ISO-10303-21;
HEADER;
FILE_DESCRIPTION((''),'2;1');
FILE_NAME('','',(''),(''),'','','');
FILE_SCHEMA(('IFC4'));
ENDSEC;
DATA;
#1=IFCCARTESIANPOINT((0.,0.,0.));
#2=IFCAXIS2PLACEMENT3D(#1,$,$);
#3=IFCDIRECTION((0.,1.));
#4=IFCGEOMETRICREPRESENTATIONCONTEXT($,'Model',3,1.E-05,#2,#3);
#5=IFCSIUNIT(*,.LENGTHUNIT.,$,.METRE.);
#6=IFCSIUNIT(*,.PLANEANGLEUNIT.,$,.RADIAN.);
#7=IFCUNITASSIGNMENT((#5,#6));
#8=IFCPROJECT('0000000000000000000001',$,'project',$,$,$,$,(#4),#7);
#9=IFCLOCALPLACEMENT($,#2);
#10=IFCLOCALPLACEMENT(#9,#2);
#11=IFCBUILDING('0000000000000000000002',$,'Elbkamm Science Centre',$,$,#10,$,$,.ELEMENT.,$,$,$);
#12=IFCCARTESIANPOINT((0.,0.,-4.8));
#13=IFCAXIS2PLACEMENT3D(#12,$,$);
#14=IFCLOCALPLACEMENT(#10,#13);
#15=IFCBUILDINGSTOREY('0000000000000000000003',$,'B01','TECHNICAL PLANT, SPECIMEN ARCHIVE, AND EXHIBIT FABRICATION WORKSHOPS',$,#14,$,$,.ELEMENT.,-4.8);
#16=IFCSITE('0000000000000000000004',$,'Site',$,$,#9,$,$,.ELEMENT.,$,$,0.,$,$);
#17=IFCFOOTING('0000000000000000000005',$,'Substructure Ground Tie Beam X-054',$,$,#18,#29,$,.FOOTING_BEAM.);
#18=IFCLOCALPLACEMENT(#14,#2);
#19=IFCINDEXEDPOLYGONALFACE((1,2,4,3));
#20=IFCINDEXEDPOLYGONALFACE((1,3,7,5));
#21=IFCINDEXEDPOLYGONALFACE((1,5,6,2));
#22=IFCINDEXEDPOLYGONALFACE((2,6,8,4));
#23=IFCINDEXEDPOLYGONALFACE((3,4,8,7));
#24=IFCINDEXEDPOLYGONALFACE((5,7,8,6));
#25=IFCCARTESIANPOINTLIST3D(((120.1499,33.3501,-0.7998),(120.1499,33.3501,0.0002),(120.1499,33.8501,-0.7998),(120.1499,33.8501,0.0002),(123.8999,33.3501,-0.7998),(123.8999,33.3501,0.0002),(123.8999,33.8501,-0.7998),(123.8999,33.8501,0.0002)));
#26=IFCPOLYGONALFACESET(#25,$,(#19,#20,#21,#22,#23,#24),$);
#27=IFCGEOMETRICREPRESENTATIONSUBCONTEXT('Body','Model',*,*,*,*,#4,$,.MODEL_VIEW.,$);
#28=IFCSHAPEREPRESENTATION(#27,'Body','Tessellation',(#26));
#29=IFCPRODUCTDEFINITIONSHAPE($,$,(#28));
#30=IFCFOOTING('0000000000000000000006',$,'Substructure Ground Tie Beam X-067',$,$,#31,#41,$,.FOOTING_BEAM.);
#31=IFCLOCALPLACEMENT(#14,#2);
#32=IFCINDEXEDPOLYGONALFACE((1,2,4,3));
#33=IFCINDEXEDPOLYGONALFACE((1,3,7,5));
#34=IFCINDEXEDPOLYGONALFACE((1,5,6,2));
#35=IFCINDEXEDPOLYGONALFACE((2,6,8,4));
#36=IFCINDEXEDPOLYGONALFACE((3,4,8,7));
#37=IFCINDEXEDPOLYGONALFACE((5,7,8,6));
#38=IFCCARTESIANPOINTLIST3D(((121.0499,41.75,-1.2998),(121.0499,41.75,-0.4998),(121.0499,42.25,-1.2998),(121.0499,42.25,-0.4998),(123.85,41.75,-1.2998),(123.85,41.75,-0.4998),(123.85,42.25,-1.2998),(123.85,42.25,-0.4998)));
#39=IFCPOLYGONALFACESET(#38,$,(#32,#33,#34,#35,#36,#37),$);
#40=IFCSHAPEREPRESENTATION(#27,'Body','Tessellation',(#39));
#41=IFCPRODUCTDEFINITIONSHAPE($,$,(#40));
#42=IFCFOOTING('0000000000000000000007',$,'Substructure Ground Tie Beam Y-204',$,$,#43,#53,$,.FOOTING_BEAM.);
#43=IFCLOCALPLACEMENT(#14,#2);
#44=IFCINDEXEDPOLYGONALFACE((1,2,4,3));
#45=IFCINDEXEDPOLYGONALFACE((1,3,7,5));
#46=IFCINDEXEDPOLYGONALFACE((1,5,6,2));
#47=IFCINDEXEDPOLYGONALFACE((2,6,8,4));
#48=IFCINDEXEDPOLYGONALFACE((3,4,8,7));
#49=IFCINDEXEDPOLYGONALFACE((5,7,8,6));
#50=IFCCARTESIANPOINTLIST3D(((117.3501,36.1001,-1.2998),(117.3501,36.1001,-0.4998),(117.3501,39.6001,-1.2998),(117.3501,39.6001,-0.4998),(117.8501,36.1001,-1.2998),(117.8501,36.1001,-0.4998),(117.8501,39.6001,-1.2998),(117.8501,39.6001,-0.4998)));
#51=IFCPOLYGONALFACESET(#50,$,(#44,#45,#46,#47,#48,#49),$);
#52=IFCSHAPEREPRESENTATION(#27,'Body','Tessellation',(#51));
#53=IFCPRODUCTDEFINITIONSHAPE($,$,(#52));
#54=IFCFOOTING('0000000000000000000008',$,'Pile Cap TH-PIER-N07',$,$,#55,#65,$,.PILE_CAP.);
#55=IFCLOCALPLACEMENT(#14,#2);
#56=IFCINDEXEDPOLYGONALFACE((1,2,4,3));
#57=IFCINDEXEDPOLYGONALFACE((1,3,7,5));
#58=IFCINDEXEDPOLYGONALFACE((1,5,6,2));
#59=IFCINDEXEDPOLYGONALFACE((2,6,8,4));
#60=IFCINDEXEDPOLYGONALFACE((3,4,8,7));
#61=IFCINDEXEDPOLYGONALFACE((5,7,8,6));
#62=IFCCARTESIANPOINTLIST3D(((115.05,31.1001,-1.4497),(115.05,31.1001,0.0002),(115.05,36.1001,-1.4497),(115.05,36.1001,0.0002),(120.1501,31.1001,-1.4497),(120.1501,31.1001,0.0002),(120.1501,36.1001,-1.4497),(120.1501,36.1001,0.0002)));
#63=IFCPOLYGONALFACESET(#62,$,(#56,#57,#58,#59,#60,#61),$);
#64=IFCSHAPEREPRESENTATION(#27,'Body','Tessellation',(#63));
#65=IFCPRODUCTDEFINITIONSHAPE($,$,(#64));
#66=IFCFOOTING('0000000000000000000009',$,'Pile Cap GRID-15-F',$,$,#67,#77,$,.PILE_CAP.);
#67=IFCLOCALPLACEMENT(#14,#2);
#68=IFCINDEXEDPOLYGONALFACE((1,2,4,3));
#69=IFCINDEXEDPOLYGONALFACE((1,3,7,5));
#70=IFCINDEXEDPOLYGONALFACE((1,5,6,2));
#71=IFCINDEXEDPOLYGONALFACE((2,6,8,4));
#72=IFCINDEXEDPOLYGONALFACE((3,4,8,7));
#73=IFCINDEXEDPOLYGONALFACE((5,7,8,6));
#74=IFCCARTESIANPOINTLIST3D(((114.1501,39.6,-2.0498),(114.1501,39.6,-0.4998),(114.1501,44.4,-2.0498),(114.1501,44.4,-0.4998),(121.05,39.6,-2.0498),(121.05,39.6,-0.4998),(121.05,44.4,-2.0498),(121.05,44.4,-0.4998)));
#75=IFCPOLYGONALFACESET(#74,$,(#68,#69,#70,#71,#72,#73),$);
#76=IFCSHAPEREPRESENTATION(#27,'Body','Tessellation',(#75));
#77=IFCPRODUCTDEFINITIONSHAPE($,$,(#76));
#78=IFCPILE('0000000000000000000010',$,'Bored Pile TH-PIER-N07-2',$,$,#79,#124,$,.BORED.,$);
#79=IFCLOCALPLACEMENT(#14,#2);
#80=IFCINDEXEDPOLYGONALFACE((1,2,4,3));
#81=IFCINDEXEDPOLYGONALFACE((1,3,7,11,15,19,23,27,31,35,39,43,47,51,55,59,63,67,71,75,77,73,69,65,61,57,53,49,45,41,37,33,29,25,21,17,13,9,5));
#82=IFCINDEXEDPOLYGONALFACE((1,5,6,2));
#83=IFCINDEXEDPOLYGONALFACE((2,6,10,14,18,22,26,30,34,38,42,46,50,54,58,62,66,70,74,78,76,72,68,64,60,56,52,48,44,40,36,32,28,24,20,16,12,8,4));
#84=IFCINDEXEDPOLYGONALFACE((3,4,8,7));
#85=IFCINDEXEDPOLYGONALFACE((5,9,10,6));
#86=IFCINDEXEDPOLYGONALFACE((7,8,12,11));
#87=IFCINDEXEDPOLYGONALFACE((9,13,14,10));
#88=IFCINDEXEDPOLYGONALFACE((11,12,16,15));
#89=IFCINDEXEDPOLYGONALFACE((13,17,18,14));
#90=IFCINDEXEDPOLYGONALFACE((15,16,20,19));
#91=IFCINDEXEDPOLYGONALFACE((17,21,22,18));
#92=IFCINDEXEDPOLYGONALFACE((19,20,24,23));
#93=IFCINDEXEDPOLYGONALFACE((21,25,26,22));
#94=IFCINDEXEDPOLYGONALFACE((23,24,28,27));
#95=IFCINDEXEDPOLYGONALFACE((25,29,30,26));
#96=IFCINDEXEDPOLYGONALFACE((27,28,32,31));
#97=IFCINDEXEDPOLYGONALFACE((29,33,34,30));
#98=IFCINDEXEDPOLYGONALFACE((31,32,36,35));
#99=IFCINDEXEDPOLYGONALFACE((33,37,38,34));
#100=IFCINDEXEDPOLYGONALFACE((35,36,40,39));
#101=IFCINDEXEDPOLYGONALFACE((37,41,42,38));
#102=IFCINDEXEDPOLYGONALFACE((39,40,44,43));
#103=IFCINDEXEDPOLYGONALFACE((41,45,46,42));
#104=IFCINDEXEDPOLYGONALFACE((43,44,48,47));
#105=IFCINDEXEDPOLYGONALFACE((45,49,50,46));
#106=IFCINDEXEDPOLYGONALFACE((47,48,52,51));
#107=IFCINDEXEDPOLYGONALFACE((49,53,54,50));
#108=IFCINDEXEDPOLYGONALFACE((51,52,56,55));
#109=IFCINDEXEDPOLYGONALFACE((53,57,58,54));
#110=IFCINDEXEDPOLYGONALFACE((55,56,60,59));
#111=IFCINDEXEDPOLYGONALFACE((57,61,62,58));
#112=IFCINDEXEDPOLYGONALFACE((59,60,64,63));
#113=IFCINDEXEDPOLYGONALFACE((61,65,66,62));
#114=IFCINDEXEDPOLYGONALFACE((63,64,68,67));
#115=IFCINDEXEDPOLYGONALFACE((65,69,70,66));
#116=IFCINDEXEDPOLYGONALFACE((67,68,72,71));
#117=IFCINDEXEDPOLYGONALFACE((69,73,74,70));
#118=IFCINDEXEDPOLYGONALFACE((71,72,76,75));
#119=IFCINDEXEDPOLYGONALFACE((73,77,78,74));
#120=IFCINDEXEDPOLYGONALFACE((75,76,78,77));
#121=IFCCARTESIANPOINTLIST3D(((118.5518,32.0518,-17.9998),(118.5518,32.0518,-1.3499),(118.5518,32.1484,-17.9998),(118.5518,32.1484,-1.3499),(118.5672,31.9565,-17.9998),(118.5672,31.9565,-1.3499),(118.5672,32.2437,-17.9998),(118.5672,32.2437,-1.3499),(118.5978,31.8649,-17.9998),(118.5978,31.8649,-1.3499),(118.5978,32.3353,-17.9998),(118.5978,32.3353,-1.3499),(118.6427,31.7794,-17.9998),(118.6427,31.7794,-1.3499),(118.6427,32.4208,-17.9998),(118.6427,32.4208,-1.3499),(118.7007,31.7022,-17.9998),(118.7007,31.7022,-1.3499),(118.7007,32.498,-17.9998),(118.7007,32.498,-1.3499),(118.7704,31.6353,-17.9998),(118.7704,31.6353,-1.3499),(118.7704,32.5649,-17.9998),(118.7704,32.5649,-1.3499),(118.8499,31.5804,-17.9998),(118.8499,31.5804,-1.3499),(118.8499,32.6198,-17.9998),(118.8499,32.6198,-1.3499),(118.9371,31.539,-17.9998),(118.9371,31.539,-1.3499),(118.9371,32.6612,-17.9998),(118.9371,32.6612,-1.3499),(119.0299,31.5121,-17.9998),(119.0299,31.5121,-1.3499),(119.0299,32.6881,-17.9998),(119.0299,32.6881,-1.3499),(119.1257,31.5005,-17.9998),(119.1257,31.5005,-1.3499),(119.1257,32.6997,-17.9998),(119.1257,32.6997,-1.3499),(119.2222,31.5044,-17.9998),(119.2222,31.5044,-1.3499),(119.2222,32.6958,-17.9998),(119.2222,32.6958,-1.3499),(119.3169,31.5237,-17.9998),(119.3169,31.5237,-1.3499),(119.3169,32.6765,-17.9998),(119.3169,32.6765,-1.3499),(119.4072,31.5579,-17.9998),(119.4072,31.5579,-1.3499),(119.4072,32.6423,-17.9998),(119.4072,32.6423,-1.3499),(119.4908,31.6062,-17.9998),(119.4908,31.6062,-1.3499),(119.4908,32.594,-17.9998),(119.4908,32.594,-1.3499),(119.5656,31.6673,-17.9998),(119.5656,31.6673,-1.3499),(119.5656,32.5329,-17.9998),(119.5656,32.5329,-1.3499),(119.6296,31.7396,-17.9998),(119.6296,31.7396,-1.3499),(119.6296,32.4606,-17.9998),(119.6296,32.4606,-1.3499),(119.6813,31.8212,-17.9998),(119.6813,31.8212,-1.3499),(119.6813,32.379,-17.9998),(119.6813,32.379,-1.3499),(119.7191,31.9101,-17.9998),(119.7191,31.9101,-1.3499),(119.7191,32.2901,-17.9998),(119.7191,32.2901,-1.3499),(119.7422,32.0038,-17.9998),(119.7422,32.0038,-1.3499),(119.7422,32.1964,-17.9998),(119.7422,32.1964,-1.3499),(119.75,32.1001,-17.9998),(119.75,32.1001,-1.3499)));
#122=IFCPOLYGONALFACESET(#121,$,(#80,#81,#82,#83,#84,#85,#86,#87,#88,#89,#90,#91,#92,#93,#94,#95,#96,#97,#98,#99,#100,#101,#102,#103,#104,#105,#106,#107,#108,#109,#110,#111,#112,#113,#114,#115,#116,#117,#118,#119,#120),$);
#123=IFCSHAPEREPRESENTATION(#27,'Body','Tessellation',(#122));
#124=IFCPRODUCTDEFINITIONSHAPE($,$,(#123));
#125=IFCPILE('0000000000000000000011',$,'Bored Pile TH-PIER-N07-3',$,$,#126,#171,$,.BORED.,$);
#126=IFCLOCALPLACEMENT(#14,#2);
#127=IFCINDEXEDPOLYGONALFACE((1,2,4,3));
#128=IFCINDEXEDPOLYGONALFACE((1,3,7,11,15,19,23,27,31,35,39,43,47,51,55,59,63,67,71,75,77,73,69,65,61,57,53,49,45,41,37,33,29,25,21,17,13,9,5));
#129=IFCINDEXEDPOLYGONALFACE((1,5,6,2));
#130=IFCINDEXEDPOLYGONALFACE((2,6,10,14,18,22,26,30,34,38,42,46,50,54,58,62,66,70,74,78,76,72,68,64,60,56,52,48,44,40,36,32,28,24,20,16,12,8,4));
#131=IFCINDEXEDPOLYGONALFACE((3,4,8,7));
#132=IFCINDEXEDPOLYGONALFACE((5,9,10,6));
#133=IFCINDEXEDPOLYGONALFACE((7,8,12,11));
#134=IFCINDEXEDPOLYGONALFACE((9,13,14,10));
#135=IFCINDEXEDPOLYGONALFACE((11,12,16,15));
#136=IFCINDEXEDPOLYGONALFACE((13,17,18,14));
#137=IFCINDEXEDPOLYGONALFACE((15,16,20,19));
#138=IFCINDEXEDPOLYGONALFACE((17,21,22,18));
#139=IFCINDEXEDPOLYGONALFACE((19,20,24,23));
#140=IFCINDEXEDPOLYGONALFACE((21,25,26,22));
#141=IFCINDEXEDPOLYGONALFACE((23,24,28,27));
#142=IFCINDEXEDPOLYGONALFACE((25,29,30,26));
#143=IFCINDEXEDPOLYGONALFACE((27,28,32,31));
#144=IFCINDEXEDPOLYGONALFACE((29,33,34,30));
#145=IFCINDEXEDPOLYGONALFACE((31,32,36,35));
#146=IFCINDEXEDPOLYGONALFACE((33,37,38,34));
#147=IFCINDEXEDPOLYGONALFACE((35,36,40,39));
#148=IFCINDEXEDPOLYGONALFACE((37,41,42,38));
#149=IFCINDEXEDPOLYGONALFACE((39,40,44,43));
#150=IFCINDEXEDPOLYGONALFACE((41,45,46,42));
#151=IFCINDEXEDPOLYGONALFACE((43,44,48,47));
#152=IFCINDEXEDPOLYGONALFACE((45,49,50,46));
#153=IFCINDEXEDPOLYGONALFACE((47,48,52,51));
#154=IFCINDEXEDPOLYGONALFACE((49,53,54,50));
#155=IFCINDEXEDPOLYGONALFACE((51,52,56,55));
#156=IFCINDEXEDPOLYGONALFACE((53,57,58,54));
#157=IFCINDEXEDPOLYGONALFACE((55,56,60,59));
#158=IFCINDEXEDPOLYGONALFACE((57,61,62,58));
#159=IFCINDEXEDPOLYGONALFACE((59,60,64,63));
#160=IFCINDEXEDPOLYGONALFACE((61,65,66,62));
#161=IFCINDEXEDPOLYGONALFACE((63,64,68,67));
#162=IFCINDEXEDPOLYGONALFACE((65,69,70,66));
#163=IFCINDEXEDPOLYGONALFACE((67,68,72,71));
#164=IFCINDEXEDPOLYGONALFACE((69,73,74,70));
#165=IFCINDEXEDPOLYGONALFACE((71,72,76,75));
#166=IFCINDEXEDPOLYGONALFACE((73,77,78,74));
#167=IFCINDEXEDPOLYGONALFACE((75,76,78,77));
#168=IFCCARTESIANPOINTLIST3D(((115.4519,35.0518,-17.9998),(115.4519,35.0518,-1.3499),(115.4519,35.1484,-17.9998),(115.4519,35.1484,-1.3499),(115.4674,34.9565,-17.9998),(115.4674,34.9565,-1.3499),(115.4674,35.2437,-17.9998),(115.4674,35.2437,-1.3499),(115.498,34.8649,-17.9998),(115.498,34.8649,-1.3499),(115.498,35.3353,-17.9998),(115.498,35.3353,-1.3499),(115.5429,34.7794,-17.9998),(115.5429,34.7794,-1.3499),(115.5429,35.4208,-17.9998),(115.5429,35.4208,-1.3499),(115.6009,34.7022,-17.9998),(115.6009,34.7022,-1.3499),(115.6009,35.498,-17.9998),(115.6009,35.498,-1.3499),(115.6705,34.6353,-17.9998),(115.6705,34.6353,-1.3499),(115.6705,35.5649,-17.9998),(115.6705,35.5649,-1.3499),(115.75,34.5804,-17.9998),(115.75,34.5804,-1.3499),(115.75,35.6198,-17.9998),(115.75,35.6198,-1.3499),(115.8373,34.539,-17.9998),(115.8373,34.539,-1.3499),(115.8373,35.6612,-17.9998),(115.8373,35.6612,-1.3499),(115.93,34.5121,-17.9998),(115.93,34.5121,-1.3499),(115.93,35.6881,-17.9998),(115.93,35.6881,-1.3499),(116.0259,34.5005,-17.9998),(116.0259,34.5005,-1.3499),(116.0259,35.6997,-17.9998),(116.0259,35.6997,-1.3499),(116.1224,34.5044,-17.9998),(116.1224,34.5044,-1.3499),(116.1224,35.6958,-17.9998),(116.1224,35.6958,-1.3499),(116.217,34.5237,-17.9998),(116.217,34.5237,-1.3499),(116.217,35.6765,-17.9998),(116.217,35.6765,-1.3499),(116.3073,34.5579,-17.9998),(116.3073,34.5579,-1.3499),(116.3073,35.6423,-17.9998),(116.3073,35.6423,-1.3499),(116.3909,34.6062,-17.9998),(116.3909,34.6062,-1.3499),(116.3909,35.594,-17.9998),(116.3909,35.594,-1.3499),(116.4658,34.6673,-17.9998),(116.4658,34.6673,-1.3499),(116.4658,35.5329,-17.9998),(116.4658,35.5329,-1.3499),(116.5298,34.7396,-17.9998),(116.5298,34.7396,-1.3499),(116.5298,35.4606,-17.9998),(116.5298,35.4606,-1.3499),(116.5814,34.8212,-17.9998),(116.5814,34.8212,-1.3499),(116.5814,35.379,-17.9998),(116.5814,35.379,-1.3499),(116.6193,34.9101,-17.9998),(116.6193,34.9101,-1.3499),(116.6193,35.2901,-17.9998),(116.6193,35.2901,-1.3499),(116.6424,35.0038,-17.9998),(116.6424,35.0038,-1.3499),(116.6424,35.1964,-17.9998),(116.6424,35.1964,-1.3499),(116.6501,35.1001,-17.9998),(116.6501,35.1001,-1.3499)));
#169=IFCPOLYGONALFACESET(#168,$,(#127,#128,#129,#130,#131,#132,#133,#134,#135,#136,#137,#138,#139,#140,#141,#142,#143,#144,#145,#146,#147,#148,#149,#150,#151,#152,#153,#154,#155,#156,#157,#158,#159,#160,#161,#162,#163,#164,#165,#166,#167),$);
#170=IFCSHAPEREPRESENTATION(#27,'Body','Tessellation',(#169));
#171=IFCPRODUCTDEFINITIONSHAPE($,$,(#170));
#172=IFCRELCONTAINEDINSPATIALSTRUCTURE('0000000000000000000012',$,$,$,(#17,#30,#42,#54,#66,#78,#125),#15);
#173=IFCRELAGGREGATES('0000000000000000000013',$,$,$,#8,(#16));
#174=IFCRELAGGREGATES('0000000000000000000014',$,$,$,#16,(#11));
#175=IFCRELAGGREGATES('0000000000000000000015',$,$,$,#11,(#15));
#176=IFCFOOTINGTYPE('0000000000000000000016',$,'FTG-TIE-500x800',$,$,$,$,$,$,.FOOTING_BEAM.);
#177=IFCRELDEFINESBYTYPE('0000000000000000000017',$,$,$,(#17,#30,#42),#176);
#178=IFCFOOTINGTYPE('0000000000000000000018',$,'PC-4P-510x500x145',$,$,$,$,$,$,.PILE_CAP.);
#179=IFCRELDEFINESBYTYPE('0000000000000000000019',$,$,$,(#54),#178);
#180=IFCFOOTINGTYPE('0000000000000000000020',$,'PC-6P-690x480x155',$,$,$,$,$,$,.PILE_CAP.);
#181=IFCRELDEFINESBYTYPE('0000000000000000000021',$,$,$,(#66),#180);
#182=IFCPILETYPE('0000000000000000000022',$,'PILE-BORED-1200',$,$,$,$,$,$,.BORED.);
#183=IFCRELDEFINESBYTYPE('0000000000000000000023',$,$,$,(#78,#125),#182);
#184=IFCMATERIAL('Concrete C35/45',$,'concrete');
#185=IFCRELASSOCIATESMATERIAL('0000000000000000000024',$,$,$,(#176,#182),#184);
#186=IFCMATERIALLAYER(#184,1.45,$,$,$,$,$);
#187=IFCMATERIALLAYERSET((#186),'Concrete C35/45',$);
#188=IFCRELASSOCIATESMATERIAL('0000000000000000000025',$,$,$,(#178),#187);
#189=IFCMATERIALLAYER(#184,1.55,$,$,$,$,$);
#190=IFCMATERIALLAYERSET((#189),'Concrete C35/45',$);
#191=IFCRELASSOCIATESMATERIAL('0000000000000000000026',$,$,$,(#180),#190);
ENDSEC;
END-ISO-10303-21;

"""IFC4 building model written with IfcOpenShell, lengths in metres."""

from ifc_helpers import new_model, si_unit, direction, frame, origin, origin_2d, place, context, subcontext, project, spatial, rectangle, circle, extrude, material, layer, layer_set, material_profile, profile_set, type_object, element, save


model = new_model("IFC4")

# Units and contexts
model_context = context("Model", 3, precision=1e-05, world=origin(), true_north=direction((0.0, 1.0)))
body_context = subcontext(model_context, "Body", "Model", "MODEL_VIEW")
ifc_project = project(units=[si_unit("LENGTHUNIT", "METRE"), si_unit("PLANEANGLEUNIT", "RADIAN")], contexts=[model_context])

# Site, building, storey
site_placement = place(None, origin())
site = spatial("IfcSite", under=ifc_project, at=site_placement, Name="Site", CompositionType="ELEMENT", RefElevation=0.0)
building_placement = place(site_placement, origin())
building = spatial("IfcBuilding", under=site, at=building_placement, Name="Elbkamm Science Centre", CompositionType="ELEMENT")
storey_placement = place(building_placement, frame((0.0, 0.0, -4.8)))
storey = spatial("IfcBuildingStorey", under=building, at=storey_placement, Name="B01", Description="TECHNICAL PLANT, SPECIMEN ARCHIVE, AND EXHIBIT FABRICATION WORKSHOPS", CompositionType="ELEMENT", Elevation=-4.8)

# Footings
ifc_material_1 = material(Name="Concrete C35/45", Category="concrete")
footing_type_1 = type_object("IfcFootingType", Name="FTG-TIE-500x800", PredefinedType="FOOTING_BEAM", material=ifc_material_1)
footing_1_placement = place(storey_placement, frame((122.0249, 33.6001, -0.7998), z_axis=(0.0, 0.0, 1.0), x_axis=(1.0, 0.0, 0.0)))
element("IfcFooting", 1, at=footing_1_placement, inside=storey, type_object=footing_type_1, Name="Substructure Ground Tie Beam X-054", PredefinedType="FOOTING_BEAM", context=body_context, shape_type="SweptSolid", body=[
    extrude(rectangle(XDim=3.75, YDim=0.5, at=origin_2d()), origin(), (0.0, 0.0, 1.0), 0.8),
])
footing_2_placement = place(storey_placement, frame((122.45, 42.0, -1.2998), z_axis=(0.0, 0.0, 1.0), x_axis=(1.0, 0.0, 0.0)))
element("IfcFooting", 2, at=footing_2_placement, inside=storey, type_object=footing_type_1, Name="Substructure Ground Tie Beam X-067", PredefinedType="FOOTING_BEAM", context=body_context, shape_type="SweptSolid", body=[
    extrude(rectangle(XDim=2.8, YDim=0.5, at=origin_2d()), origin(), (0.0, 0.0, 1.0), 0.8),
])
footing_3_placement = place(storey_placement, frame((117.6001, 37.8501, -1.2998), z_axis=(0.0, 0.0, 1.0), x_axis=(1.0, 0.0, 0.0)))
element("IfcFooting", 3, at=footing_3_placement, inside=storey, type_object=footing_type_1, Name="Substructure Ground Tie Beam Y-204", PredefinedType="FOOTING_BEAM", context=body_context, shape_type="SweptSolid", body=[
    extrude(rectangle(XDim=0.5, YDim=3.5, at=origin_2d()), origin(), (0.0, 0.0, 1.0), 0.8),
])
ifc_layer_1 = layer(ifc_material_1, 1.45)
ifc_layer_set_1 = layer_set([ifc_layer_1], Name="Concrete C35/45")
footing_type_2 = type_object("IfcFootingType", Name="PC-4P-510x500x145", PredefinedType="PILE_CAP", material=ifc_layer_set_1)
footing_4_placement = place(storey_placement, frame((117.6001, 33.6001, -1.4497), z_axis=(0.0, 0.0, 1.0), x_axis=(1.0, 0.0, 0.0)))
element("IfcFooting", 4, at=footing_4_placement, inside=storey, type_object=footing_type_2, Name="Pile Cap TH-PIER-N07", PredefinedType="PILE_CAP", context=body_context, shape_type="SweptSolid", body=[
    extrude(rectangle(XDim=5.1001, YDim=5.0, at=origin_2d()), origin(), (0.0, 0.0, 1.0), 1.45),
])
ifc_layer_2 = layer(ifc_material_1, 1.55)
ifc_layer_set_2 = layer_set([ifc_layer_2], Name="Concrete C35/45")
footing_type_3 = type_object("IfcFootingType", Name="PC-6P-690x480x155", PredefinedType="PILE_CAP", material=ifc_layer_set_2)
footing_5_placement = place(storey_placement, frame((117.6001, 42.0, -2.0498), z_axis=(0.0, 0.0, 1.0), x_axis=(1.0, 0.0, 0.0)))
element("IfcFooting", 5, at=footing_5_placement, inside=storey, type_object=footing_type_3, Name="Pile Cap GRID-15-F", PredefinedType="PILE_CAP", context=body_context, shape_type="SweptSolid", body=[
    extrude(rectangle(XDim=6.8999, YDim=4.8, at=origin_2d()), origin(), (0.0, 0.0, 1.0), 1.55),
])

# Piles
ifc_material_profile_1 = material_profile(ifc_material_1, circle(Radius=0.6001, at=origin_2d()), Name="PILE D1200")
ifc_profile_set_1 = profile_set([ifc_material_profile_1], Name="Concrete C35/45")
pile_type_1 = type_object("IfcPileType", Name="PILE-BORED-1200", PredefinedType="BORED", material=ifc_profile_set_1)
for number, where, z_axis, x_axis, name in (
    (6, (119.1499, 32.1001, -1.3499), (0.0, 0.0, -1.0), (1.0, 0.0, 0.0), "Bored Pile TH-PIER-N07-2"),
    (7, (116.05, 35.1001, -1.3499), (0.0, 0.0, -1.0), (1.0, 0.0, 0.0), "Bored Pile TH-PIER-N07-3"),
):
    element("IfcPile", number, at=place(storey_placement, frame(where, z_axis=z_axis, x_axis=x_axis)), inside=storey, type_object=pile_type_1, Name=name, PredefinedType="BORED", context=body_context, shape_type="SweptSolid", body=[
        extrude(circle(Radius=0.6001, at=origin_2d()), origin(), (0.0, 0.0, 1.0), 16.6499),
    ])

save(model, "model.ifc")
